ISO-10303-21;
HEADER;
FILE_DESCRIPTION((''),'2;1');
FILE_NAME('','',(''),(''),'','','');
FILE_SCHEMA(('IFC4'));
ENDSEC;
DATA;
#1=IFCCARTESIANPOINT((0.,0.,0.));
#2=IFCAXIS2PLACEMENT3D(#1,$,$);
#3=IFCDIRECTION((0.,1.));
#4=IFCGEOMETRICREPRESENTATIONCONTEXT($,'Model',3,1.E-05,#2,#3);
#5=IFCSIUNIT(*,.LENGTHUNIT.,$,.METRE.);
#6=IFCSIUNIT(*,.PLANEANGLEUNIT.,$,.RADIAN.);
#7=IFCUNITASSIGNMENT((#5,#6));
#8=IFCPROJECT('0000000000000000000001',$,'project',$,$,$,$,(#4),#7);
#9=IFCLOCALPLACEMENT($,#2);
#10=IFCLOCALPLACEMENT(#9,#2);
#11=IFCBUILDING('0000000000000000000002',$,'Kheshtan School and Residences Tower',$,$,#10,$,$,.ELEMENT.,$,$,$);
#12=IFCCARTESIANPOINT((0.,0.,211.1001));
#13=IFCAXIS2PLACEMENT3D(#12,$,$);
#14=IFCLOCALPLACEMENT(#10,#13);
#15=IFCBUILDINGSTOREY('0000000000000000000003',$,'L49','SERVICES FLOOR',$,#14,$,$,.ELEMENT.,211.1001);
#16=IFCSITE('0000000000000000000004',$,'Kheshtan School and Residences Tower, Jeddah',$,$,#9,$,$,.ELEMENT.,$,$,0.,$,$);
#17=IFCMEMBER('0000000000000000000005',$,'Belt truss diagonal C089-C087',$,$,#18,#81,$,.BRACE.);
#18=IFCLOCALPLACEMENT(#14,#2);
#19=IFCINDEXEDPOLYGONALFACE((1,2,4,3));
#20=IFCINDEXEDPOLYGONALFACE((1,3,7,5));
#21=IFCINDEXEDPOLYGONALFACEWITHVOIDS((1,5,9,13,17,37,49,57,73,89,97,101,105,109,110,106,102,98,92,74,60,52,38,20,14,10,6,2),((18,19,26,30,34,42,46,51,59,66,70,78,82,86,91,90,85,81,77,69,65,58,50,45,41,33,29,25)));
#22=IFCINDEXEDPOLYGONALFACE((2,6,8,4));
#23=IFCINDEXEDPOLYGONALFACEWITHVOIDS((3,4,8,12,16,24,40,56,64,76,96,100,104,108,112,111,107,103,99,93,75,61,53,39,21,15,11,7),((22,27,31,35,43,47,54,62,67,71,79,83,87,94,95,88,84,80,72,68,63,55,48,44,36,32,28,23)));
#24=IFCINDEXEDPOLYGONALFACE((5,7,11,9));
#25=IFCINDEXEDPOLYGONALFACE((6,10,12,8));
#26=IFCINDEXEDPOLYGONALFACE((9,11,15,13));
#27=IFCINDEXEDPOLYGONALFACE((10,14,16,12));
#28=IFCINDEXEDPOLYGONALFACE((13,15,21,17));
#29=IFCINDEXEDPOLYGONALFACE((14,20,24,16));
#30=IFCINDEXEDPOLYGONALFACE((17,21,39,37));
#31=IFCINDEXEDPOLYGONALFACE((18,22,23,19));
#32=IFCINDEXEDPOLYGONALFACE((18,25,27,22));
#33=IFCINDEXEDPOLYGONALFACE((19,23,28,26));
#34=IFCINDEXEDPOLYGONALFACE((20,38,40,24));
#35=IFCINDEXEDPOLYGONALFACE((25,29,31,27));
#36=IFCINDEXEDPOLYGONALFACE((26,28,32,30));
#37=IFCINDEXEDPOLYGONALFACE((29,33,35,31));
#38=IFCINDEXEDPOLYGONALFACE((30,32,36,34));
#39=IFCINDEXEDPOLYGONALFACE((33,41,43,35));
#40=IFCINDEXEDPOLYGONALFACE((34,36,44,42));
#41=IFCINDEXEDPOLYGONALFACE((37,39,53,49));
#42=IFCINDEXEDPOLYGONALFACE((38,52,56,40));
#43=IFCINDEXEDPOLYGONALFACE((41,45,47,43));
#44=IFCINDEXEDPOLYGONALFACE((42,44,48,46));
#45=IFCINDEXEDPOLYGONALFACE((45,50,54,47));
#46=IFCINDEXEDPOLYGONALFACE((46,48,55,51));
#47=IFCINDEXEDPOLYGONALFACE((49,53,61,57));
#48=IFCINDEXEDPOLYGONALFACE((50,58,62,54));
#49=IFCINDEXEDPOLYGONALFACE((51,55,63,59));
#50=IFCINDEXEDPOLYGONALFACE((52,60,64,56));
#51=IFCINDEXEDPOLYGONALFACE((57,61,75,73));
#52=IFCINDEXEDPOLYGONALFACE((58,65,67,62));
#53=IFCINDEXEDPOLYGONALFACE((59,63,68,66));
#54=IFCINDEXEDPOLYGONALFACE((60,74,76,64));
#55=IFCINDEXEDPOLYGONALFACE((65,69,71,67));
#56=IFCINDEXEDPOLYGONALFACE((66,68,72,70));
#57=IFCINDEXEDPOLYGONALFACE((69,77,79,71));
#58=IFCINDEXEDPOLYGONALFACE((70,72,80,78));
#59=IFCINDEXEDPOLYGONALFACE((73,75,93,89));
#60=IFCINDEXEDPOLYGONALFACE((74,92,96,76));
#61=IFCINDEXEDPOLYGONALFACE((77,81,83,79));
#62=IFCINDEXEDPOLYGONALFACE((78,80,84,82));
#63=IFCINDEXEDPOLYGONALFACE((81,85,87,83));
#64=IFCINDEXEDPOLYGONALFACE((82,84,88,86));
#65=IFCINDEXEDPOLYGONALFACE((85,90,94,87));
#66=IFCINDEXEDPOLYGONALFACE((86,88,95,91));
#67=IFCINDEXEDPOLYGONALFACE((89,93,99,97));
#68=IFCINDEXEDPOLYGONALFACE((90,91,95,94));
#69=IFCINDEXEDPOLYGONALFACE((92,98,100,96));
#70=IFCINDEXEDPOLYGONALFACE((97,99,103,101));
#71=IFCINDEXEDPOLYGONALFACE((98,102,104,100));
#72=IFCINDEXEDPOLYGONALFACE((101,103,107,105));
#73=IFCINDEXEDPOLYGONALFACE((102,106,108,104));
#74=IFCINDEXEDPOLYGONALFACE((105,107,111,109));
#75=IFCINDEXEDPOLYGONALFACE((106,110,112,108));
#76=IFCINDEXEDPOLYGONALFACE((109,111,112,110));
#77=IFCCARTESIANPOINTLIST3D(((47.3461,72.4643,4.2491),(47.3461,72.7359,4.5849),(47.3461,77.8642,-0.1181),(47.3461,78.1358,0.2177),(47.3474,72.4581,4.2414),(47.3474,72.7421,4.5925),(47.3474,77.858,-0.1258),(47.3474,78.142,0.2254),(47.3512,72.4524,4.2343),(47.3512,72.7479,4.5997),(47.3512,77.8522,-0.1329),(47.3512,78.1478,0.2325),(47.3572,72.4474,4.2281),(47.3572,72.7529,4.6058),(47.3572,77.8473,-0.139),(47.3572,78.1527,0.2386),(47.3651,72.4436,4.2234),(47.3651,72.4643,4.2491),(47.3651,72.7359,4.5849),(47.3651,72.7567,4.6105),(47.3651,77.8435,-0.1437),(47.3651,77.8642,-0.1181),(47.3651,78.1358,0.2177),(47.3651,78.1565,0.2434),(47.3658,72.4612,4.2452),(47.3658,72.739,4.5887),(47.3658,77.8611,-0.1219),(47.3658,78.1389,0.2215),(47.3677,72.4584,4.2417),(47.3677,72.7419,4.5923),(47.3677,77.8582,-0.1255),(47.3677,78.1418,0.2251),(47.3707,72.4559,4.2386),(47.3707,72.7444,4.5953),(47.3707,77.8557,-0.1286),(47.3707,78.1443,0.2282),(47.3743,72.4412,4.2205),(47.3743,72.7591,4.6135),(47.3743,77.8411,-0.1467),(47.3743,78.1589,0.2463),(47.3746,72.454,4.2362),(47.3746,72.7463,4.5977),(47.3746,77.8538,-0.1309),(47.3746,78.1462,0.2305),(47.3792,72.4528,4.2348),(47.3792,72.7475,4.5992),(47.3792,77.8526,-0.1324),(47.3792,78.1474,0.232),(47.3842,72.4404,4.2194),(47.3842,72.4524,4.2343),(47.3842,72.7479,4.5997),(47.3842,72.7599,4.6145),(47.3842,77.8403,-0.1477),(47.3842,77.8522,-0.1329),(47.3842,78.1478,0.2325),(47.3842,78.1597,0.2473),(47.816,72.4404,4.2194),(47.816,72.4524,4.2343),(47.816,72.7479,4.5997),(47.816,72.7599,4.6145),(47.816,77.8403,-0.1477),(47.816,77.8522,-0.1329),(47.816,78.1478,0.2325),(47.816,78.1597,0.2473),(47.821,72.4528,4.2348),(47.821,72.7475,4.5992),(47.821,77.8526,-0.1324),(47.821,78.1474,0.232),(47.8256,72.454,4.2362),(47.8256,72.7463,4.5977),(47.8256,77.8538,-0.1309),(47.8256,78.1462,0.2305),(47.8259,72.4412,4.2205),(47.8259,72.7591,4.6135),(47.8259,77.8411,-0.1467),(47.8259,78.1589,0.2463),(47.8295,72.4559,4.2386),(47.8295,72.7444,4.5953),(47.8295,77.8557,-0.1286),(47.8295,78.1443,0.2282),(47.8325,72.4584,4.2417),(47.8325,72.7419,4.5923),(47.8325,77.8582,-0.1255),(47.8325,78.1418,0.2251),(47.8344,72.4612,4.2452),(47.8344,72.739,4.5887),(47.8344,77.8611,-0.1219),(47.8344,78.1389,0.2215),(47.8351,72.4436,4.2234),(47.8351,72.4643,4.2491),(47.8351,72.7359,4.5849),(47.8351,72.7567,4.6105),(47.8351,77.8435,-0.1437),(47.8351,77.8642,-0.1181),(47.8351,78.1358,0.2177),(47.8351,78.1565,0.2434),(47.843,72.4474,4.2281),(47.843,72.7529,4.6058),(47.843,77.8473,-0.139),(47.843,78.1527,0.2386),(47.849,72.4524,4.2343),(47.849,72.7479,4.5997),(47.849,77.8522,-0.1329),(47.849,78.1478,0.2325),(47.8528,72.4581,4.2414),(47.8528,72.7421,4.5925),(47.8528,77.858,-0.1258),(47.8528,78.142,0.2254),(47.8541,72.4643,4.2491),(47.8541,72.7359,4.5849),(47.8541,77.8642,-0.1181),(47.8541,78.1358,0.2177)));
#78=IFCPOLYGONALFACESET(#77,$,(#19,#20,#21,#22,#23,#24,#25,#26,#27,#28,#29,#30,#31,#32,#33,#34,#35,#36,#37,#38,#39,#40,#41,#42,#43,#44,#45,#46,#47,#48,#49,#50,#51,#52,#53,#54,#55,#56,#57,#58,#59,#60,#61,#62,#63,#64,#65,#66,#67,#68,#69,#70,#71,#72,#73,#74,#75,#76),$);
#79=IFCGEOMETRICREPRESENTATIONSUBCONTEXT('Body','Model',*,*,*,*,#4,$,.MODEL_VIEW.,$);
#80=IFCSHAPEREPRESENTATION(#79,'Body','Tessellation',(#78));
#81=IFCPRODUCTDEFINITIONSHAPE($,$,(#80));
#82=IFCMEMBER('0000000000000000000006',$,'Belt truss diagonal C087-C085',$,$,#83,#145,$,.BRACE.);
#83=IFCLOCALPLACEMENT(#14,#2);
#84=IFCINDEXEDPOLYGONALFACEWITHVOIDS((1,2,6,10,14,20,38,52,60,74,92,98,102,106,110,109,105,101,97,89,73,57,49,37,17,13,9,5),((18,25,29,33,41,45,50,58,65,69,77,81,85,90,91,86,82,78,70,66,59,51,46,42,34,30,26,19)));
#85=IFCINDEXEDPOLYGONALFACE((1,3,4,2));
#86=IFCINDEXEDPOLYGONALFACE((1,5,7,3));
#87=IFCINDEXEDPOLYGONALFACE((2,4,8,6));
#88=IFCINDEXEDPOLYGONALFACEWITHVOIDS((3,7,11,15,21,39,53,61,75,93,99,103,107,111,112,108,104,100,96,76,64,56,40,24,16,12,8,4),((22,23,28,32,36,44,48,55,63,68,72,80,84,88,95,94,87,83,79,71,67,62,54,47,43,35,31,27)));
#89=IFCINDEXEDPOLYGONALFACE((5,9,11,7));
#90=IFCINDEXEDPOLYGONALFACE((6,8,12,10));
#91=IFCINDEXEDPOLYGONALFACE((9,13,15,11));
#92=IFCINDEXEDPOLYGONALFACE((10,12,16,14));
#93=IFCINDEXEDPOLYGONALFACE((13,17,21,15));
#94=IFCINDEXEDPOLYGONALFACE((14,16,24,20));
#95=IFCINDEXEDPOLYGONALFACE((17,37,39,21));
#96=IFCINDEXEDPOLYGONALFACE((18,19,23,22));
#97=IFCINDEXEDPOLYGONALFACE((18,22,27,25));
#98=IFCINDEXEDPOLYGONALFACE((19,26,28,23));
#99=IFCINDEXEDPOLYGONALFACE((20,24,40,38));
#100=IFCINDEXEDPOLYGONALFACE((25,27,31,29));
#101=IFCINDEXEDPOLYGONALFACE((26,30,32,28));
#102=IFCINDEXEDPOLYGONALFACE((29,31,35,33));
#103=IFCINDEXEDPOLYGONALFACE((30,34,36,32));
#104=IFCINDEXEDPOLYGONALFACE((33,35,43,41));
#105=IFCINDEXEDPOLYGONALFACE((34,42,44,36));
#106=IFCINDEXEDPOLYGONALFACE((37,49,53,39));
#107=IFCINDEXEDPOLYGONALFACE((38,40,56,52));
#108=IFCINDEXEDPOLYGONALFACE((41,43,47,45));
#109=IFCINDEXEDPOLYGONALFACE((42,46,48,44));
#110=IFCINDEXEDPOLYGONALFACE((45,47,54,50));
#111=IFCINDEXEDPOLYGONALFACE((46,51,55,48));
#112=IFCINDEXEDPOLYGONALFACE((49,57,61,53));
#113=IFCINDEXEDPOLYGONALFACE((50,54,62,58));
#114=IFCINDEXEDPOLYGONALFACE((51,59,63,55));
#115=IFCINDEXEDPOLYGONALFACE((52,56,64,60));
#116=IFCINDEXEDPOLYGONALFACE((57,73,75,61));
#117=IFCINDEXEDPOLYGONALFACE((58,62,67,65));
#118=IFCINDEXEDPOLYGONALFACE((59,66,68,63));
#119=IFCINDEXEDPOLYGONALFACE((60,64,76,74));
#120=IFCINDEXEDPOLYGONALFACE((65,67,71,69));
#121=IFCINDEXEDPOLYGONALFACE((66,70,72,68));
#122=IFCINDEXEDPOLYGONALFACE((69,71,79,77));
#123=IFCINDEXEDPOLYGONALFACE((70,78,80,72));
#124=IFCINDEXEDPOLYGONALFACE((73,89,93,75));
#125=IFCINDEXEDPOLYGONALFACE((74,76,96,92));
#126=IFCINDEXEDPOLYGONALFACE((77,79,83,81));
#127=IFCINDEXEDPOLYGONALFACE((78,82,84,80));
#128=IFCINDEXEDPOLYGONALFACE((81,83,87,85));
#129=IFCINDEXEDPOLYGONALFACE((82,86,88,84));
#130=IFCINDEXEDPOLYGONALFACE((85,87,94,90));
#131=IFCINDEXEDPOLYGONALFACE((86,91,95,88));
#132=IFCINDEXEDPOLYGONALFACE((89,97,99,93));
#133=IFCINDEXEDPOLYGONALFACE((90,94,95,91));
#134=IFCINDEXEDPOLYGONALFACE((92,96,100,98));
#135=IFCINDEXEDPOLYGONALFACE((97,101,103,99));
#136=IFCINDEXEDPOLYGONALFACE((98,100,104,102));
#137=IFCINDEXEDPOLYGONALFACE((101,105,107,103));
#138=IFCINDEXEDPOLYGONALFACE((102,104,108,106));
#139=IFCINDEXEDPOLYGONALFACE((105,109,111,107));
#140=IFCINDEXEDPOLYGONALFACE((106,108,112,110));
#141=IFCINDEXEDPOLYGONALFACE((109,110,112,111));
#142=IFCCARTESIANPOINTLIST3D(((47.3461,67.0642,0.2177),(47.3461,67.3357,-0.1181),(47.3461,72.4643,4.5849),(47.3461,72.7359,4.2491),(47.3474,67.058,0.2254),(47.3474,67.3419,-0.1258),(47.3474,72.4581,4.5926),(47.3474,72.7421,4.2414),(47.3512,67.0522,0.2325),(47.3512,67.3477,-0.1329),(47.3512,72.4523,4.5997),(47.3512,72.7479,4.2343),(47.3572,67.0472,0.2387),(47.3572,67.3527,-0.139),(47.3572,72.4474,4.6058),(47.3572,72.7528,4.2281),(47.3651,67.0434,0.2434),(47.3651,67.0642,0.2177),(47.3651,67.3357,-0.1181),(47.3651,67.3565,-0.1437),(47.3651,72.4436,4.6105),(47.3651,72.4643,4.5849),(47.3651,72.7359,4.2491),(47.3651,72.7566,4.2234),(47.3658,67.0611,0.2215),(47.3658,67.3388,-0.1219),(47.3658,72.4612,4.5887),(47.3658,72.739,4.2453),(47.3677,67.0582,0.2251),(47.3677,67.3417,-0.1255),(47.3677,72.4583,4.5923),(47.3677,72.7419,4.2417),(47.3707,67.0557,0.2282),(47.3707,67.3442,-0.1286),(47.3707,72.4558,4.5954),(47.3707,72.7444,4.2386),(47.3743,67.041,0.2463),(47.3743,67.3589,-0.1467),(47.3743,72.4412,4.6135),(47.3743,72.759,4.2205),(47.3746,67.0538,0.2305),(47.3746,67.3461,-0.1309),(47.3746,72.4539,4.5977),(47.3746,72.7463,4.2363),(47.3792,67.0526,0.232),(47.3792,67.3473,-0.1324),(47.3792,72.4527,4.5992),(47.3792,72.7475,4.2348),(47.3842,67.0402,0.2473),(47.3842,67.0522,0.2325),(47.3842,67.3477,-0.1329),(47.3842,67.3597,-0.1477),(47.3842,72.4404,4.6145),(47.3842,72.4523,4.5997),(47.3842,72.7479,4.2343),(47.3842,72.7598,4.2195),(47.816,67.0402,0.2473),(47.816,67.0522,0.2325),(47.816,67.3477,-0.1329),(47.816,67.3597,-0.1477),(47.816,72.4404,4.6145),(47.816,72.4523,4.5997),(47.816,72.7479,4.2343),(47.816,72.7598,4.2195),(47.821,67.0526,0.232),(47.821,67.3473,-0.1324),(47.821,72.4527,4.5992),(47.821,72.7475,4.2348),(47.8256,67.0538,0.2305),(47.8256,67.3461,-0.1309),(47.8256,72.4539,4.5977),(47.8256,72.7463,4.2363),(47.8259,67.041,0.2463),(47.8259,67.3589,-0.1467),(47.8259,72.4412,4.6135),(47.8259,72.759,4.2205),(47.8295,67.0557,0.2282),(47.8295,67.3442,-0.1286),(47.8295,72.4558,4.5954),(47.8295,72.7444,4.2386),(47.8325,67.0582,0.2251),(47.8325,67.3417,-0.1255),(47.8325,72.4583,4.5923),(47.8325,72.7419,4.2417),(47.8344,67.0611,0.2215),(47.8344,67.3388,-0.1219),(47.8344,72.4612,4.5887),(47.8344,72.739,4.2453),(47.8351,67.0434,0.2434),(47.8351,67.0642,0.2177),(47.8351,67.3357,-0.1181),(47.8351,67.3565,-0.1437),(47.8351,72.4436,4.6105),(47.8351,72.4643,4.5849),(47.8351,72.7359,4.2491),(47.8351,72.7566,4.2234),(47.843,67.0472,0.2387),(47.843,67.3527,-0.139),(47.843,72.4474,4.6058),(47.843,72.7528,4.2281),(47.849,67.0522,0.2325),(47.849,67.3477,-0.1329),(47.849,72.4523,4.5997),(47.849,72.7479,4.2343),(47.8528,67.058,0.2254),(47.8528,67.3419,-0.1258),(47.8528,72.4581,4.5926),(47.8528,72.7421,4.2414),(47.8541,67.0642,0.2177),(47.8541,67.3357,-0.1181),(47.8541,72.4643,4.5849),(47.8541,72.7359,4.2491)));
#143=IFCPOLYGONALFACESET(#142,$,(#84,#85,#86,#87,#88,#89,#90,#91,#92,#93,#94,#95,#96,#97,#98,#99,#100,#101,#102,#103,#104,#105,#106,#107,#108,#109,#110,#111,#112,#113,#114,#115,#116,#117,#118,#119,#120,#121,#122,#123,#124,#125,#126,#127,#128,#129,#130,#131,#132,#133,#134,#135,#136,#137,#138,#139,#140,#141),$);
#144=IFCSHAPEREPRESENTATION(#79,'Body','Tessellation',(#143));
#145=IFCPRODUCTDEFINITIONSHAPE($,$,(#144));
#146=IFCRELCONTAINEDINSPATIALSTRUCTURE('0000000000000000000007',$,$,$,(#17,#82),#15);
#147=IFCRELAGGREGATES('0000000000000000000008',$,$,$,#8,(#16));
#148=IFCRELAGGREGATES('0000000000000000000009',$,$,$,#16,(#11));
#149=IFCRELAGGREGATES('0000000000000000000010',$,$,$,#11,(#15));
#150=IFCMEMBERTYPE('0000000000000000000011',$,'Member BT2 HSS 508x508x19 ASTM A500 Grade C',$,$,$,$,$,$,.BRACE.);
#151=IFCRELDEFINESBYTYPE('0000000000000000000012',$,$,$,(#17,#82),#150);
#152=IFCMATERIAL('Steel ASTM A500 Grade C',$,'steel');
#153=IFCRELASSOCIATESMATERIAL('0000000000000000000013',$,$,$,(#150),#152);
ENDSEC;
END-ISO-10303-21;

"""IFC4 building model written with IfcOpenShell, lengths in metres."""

from ifc_helpers import new_model, si_unit, direction, frame, origin, origin_2d, place, context, subcontext, project, spatial, hollow_rectangle, extrude, material, material_profile, profile_set, type_object, element, save


model = new_model("IFC4")

# Units and contexts
model_context = context("Model", 3, precision=1e-05, world=origin(), true_north=direction((0.0, 1.0)))
body_context = subcontext(model_context, "Body", "Model", "MODEL_VIEW")
ifc_project = project(units=[si_unit("LENGTHUNIT", "METRE"), si_unit("PLANEANGLEUNIT", "RADIAN")], contexts=[model_context])

# Site, building, storey
site_placement = place(None, origin())
site = spatial("IfcSite", under=ifc_project, at=site_placement, Name="Kheshtan School and Residences Tower, Jeddah", CompositionType="ELEMENT", RefElevation=0.0)
building_placement = place(site_placement, origin())
building = spatial("IfcBuilding", under=site, at=building_placement, Name="Kheshtan School and Residences Tower", CompositionType="ELEMENT")
storey_placement = place(building_placement, frame((0.0, 0.0, 211.1001)))
storey = spatial("IfcBuildingStorey", under=building, at=storey_placement, Name="L49", Description="SERVICES FLOOR", CompositionType="ELEMENT", Elevation=211.1001)

# Members
ifc_material_1 = material(Name="Steel ASTM A500 Grade C", Category="steel")
ifc_material_profile_1 = material_profile(ifc_material_1, hollow_rectangle(XDim=0.5081, YDim=0.5081, WallThickness=0.019, InnerFilletRadius=0.019, OuterFilletRadius=0.0381, at=origin_2d()), Name="HSS 508x508x19")
ifc_profile_set_1 = profile_set([ifc_material_profile_1], Name="Steel ASTM A500 Grade C")
member_type_1 = type_object("IfcMemberType", Name="Member BT2 HSS 508x508x19 ASTM A500 Grade C", PredefinedType="BRACE", material=ifc_profile_set_1)
for number, where, z_axis, x_axis, name in (
    (1, (47.6001, 78.0, 0.0498), (0.0, -0.777538, 0.628836), (1.0, 0.0, 0.0), "Belt truss diagonal C089-C087"),
):
    element("IfcMember", number, at=place(storey_placement, frame(where, z_axis=z_axis, x_axis=x_axis)), inside=storey, type_object=member_type_1, Name=name, PredefinedType="BRACE", context=body_context, shape_type="SweptSolid", body=[
        extrude(hollow_rectangle(XDim=0.5081, YDim=0.5081, WallThickness=0.019, InnerFilletRadius=0.019, OuterFilletRadius=0.0381, at=origin_2d()), origin(), (0.0, 0.0, 1.0), 6.9448),
    ])
member_1_placement = place(storey_placement, frame((47.6001, 67.2, 0.0498), z_axis=(0.0, 0.777552, 0.628819), x_axis=(-1.0, 0.0, 0.0)))
element("IfcMember", 2, at=member_1_placement, inside=storey, type_object=member_type_1, Name="Belt truss diagonal C087-C085", PredefinedType="BRACE", context=body_context, shape_type="SweptSolid", body=[
    extrude(hollow_rectangle(XDim=0.5081, YDim=0.5081, WallThickness=0.019, InnerFilletRadius=0.019, OuterFilletRadius=0.0381, at=origin_2d()), origin(), (0.0, 0.0, 1.0), 6.9451),
])

save(model, "model.ifc")
